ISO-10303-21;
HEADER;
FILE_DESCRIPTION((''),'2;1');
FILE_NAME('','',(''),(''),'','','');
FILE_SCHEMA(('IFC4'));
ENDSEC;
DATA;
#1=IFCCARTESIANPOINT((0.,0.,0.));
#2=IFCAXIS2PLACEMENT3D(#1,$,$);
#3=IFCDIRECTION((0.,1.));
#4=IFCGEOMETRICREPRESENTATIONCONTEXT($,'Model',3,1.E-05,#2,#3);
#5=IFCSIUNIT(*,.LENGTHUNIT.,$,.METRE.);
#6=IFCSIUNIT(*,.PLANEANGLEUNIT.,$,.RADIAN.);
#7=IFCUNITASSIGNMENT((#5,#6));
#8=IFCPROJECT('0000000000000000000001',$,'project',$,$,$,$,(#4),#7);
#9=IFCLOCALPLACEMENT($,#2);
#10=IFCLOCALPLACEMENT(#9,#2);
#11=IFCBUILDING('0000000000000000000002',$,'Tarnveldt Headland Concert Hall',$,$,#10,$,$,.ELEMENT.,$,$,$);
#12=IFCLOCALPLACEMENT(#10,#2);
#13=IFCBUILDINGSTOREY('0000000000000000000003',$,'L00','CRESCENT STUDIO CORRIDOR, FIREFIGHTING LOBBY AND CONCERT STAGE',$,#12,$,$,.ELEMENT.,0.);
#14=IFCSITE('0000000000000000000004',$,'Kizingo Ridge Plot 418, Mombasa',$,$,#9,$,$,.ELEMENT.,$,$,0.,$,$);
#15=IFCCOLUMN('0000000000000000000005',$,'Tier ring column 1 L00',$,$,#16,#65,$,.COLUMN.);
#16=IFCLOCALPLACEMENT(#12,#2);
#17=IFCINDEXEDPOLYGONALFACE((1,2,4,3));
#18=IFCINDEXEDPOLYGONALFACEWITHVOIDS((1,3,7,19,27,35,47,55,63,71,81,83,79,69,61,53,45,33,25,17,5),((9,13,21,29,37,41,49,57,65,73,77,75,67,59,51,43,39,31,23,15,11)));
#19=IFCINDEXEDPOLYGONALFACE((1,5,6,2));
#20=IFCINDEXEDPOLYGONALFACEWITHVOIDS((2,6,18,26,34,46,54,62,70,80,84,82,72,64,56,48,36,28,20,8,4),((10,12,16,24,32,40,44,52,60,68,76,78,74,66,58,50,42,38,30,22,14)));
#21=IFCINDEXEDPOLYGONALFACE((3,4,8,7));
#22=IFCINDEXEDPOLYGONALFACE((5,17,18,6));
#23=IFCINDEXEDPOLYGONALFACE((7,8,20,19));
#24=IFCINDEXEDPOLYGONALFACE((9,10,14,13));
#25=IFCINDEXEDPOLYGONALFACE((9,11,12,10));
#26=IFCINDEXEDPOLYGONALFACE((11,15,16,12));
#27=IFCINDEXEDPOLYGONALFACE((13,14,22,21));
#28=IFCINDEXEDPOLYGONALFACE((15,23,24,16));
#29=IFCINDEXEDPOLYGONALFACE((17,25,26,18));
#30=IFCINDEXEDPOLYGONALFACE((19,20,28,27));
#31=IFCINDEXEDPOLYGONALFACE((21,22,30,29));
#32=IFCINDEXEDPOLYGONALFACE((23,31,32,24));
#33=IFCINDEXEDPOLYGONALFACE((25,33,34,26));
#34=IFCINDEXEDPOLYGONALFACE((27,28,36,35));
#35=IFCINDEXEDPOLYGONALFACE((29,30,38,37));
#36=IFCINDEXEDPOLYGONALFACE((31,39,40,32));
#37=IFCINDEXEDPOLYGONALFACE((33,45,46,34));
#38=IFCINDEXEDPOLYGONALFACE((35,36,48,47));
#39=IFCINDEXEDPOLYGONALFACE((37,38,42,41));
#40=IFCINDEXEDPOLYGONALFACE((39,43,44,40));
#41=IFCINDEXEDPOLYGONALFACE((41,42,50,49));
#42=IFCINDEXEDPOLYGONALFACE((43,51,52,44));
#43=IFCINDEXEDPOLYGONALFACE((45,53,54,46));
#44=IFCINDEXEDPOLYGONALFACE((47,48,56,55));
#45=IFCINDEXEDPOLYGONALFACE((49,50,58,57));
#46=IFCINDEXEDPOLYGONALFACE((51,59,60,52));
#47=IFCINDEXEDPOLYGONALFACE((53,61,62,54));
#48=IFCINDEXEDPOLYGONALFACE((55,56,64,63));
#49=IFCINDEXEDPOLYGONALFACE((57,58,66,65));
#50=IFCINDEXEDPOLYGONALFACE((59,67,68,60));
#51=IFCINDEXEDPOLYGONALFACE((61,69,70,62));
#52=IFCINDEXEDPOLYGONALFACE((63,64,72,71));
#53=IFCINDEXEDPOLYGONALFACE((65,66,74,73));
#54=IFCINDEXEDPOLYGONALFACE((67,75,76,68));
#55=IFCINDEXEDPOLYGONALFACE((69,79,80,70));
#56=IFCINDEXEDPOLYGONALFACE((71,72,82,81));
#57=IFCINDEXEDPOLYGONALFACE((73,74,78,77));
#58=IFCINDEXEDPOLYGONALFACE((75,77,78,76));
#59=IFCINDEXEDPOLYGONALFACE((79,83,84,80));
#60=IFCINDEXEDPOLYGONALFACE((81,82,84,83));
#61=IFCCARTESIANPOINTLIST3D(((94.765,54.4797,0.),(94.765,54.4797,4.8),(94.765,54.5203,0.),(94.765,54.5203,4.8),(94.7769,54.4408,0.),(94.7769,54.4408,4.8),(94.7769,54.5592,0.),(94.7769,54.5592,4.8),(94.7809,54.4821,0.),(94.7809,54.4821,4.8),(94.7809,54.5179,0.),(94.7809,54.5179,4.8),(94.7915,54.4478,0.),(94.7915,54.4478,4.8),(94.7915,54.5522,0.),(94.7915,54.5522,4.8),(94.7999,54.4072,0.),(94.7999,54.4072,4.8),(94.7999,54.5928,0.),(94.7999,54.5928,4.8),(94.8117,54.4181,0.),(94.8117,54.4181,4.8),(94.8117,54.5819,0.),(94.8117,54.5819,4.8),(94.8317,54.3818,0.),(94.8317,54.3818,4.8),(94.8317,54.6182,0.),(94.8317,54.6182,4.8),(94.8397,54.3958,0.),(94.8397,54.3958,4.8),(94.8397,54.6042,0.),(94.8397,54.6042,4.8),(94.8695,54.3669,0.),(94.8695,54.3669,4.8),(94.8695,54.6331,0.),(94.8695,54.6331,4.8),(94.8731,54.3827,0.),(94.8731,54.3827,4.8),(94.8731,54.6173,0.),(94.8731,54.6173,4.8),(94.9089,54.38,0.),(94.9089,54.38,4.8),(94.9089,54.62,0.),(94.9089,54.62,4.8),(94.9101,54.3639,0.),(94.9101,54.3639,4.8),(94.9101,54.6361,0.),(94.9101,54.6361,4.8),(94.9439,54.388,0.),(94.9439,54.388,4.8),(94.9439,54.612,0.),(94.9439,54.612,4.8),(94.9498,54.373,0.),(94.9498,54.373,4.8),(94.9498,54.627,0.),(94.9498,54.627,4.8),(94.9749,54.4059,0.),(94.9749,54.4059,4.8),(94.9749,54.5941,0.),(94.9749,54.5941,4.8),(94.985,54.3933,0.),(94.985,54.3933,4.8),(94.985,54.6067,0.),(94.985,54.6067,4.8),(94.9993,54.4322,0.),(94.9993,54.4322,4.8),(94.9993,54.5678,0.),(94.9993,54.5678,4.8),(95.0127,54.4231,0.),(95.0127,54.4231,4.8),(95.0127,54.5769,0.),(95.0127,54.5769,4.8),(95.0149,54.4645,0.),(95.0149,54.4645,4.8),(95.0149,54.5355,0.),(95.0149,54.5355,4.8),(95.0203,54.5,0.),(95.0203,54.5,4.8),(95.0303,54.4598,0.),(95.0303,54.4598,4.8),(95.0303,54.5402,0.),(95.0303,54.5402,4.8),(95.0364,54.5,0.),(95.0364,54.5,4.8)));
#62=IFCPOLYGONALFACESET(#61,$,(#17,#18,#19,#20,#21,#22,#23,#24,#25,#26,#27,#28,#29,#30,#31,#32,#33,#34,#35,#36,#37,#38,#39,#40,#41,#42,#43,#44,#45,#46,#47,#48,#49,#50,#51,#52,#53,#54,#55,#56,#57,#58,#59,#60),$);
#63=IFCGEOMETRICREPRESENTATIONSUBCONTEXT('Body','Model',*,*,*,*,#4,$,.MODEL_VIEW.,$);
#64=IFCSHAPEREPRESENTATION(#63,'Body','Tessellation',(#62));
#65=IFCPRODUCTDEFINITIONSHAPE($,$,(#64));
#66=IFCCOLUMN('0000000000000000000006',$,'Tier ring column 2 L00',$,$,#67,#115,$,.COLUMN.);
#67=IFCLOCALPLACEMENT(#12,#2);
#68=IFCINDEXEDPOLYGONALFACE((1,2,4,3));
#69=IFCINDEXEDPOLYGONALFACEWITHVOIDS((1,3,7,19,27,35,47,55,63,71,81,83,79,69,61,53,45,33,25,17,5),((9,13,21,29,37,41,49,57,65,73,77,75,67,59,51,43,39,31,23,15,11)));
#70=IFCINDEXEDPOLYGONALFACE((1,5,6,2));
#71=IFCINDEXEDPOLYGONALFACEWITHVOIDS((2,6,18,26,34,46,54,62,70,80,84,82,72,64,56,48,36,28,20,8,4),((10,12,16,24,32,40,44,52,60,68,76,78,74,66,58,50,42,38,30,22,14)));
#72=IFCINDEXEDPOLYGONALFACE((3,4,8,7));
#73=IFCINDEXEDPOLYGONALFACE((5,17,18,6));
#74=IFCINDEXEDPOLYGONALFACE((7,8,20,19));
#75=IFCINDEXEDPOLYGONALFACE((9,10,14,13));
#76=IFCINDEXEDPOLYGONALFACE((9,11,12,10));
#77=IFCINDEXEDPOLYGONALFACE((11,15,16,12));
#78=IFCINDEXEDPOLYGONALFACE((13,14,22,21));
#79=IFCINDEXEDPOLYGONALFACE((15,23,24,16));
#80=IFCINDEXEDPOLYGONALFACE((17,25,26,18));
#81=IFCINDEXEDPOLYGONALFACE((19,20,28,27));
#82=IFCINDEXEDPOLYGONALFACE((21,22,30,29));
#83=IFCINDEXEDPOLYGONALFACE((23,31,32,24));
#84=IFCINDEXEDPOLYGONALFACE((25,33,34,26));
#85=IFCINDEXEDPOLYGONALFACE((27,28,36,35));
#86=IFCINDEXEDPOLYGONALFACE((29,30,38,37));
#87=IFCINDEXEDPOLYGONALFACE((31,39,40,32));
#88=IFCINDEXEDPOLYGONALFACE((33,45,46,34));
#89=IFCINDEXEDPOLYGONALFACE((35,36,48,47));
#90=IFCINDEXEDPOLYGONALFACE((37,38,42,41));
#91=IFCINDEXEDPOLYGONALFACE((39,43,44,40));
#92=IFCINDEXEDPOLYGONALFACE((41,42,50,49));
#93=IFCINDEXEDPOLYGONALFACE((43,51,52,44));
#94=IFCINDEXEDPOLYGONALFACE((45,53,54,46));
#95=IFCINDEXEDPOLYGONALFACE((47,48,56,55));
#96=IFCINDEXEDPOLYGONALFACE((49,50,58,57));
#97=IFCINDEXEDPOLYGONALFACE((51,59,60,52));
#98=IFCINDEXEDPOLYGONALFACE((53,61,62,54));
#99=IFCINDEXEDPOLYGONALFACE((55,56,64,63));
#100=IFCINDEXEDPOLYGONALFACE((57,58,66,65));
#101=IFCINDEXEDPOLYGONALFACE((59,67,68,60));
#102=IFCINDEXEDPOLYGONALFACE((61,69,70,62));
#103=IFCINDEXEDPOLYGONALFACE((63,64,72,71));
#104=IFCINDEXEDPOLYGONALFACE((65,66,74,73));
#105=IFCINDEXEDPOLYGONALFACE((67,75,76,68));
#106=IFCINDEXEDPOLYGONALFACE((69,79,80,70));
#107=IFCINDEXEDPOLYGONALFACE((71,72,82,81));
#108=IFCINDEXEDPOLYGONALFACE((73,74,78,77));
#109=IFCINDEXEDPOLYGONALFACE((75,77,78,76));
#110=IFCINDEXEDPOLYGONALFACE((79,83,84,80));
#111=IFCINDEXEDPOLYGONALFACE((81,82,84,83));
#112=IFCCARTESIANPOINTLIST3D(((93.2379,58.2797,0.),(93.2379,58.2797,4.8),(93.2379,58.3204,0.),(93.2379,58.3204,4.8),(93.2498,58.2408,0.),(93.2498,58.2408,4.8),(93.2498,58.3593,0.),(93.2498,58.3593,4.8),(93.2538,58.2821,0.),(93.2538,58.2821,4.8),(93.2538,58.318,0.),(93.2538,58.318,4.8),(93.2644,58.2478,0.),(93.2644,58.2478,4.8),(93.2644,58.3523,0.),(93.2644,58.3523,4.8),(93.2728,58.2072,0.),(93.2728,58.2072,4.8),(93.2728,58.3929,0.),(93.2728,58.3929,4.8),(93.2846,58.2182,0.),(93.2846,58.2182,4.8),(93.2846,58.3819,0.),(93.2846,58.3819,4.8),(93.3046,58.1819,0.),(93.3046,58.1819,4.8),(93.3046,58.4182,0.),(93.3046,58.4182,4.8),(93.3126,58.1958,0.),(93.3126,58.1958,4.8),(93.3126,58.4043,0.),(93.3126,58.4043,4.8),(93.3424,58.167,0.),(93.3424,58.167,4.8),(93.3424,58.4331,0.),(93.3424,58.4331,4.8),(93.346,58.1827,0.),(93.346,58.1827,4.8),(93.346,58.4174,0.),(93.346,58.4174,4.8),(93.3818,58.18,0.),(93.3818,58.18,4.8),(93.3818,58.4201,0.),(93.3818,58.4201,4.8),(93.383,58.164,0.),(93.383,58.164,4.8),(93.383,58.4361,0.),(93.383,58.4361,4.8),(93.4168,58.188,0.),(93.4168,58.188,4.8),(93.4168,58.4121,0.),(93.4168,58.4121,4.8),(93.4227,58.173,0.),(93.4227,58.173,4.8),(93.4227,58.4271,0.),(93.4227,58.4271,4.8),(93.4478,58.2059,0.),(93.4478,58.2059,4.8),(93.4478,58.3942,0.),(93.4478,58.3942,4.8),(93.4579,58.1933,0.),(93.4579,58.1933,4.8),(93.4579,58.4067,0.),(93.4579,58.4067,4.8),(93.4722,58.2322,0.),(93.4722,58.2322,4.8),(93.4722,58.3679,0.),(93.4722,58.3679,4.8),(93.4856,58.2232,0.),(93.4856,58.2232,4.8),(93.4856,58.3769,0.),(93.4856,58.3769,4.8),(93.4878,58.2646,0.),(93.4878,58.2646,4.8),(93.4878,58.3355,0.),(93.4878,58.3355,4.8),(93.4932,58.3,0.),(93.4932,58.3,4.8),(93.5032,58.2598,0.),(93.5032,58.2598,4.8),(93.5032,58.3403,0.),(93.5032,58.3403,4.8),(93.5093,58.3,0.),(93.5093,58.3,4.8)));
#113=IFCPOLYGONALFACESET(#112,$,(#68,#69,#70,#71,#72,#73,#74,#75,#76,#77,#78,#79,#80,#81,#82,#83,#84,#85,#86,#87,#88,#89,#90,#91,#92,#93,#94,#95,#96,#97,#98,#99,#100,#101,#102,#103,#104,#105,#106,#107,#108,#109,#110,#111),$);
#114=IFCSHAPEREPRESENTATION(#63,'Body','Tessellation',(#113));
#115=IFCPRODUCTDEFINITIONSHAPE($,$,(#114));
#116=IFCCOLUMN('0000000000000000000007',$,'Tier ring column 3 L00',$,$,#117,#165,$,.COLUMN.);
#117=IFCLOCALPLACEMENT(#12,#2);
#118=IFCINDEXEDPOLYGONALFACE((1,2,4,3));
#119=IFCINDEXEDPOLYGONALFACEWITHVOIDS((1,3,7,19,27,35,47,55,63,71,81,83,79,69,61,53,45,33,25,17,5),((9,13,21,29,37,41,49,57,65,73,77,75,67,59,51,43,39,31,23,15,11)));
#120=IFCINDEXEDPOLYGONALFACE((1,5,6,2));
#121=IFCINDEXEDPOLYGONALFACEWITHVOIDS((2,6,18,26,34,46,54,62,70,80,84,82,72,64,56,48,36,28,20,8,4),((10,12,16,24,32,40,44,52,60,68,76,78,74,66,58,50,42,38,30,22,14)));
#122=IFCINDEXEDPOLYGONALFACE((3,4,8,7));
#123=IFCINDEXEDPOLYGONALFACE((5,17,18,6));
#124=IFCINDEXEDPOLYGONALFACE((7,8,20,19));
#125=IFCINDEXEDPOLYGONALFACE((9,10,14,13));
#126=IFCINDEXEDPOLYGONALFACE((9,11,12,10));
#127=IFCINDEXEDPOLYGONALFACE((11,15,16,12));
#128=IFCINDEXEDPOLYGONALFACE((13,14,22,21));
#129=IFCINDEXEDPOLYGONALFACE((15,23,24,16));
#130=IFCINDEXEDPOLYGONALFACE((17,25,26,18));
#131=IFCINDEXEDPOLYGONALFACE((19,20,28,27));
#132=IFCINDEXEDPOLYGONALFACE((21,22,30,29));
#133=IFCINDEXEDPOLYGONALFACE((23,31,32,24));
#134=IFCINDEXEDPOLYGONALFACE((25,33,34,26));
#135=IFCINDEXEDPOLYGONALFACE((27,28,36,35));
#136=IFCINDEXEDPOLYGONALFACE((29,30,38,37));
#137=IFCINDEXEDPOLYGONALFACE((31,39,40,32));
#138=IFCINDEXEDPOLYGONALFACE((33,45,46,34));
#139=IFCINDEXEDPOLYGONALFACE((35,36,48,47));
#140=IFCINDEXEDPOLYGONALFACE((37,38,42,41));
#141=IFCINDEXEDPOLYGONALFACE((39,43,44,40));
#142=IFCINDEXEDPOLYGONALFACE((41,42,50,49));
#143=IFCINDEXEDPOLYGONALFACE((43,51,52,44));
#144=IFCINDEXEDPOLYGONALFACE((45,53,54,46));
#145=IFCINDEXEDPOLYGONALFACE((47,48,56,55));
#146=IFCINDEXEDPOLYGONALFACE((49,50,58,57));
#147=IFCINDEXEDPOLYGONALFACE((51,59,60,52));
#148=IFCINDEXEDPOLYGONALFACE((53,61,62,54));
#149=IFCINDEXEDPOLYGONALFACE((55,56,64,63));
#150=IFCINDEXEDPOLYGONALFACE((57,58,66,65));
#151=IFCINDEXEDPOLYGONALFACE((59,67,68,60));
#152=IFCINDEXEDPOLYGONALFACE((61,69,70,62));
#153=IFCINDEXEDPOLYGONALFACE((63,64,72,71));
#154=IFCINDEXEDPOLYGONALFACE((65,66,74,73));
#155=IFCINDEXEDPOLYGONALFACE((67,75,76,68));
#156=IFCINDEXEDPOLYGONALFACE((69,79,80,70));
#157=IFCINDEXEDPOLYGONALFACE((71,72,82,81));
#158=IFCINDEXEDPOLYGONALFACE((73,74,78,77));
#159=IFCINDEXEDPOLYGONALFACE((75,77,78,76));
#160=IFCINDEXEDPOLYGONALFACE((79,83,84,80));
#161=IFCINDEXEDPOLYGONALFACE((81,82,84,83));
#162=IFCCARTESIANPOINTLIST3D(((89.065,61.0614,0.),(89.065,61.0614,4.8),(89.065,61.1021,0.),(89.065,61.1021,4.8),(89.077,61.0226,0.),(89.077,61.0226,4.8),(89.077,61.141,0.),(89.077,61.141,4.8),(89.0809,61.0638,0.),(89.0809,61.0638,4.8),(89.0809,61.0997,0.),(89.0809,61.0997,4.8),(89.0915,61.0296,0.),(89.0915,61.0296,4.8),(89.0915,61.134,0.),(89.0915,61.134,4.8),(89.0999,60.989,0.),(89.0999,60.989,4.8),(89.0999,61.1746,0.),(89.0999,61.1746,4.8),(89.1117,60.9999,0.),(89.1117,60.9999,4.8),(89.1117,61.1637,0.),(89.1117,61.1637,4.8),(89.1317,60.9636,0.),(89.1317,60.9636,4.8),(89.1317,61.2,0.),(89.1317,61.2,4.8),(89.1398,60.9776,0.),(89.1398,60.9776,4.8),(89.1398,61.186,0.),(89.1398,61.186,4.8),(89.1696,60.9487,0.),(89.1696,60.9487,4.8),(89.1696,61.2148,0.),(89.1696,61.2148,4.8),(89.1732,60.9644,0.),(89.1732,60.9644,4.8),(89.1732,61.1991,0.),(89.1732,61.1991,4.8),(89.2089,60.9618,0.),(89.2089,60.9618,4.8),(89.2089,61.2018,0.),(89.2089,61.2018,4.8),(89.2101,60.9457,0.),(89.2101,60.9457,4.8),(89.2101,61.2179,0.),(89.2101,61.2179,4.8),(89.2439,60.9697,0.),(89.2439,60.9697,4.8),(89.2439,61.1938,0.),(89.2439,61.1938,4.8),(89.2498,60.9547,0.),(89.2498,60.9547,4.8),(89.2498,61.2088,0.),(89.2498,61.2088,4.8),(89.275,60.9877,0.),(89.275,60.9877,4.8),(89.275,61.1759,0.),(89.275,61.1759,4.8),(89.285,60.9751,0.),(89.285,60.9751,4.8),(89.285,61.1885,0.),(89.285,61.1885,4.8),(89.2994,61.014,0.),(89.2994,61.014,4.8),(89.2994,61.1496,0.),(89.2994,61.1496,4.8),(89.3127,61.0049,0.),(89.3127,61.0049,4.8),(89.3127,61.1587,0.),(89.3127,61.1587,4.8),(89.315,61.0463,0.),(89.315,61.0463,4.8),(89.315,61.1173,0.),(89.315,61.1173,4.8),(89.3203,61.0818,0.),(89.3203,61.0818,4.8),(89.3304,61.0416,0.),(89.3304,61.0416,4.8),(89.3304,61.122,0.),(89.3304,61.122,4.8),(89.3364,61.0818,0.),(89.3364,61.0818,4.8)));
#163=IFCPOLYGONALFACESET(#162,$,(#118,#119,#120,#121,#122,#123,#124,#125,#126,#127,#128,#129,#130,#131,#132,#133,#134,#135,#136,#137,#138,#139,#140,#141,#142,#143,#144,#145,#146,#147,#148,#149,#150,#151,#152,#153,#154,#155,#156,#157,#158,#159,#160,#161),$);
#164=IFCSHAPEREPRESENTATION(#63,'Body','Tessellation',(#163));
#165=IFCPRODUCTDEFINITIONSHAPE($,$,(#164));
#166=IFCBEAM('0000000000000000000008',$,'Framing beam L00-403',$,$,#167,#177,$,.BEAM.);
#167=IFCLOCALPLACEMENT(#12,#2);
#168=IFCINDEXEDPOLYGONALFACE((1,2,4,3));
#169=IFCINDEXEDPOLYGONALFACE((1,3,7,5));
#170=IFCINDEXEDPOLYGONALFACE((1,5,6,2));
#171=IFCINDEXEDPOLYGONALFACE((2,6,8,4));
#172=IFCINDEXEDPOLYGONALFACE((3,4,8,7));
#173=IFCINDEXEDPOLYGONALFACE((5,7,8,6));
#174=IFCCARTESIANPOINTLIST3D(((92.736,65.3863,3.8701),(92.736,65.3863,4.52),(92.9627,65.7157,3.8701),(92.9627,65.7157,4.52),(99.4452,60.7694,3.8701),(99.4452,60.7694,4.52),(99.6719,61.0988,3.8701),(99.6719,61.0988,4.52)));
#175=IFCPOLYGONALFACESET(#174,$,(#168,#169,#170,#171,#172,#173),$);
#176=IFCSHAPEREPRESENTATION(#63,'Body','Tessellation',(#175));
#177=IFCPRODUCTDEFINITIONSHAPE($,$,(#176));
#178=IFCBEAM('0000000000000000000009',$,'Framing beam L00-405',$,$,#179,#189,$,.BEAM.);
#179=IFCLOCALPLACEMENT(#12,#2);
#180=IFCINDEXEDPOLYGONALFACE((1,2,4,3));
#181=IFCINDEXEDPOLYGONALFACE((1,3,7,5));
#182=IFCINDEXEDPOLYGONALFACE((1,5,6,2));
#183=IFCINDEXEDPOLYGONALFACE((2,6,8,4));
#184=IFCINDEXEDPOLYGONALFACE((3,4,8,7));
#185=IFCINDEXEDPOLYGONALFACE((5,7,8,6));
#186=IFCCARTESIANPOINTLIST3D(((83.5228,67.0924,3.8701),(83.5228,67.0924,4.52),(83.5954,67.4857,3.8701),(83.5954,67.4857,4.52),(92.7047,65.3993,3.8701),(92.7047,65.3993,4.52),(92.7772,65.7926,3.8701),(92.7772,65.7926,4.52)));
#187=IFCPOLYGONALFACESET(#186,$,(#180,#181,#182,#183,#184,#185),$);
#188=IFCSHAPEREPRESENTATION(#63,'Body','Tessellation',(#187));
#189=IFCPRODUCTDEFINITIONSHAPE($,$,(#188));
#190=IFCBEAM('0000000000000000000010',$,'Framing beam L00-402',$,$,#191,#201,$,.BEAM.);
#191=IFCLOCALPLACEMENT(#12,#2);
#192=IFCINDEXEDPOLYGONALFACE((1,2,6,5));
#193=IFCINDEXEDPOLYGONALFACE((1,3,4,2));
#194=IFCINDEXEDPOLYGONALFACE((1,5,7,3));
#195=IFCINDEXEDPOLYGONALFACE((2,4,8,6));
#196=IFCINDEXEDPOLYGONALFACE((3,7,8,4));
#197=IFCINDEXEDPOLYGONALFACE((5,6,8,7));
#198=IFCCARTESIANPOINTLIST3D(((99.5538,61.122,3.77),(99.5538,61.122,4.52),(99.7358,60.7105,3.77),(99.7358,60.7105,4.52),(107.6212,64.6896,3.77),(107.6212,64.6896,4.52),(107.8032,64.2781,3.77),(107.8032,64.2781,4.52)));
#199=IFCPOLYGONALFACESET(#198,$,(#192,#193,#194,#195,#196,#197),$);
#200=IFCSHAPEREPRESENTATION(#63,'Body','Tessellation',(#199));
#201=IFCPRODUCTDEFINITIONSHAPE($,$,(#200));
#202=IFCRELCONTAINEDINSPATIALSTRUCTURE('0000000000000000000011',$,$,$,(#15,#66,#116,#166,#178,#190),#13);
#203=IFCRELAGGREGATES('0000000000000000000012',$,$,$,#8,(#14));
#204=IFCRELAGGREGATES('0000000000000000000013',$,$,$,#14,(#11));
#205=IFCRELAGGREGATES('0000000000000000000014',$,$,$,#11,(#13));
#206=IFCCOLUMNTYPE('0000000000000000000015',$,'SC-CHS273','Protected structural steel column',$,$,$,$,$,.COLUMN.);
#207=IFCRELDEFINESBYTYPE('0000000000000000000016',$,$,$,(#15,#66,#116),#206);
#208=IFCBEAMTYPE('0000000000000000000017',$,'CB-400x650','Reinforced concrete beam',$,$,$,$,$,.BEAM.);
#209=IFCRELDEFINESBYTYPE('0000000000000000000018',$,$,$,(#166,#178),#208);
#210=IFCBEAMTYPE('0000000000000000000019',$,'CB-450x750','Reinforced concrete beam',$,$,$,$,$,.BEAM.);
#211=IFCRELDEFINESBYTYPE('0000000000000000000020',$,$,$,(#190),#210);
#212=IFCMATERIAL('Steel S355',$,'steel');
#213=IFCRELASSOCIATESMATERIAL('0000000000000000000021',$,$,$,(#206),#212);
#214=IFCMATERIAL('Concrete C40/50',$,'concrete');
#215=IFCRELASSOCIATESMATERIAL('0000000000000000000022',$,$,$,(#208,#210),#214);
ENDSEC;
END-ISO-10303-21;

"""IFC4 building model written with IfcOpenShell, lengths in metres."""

from ifc_helpers import new_model, si_unit, direction, frame, origin, origin_2d, place, context, subcontext, project, spatial, rectangle, hollow_circle, extrude, material, material_profile, profile_set, type_object, element, save


model = new_model("IFC4")

# Units and contexts
model_context = context("Model", 3, precision=1e-05, world=origin(), true_north=direction((0.0, 1.0)))
body_context = subcontext(model_context, "Body", "Model", "MODEL_VIEW")
ifc_project = project(units=[si_unit("LENGTHUNIT", "METRE"), si_unit("PLANEANGLEUNIT", "RADIAN")], contexts=[model_context])

# Site, building, storey
site_placement = place(None, origin())
site = spatial("IfcSite", under=ifc_project, at=site_placement, Name="Kizingo Ridge Plot 418, Mombasa", CompositionType="ELEMENT", RefElevation=0.0)
building_placement = place(site_placement, origin())
building = spatial("IfcBuilding", under=site, at=building_placement, Name="Tarnveldt Headland Concert Hall", CompositionType="ELEMENT")
storey_placement = place(building_placement, origin())
storey = spatial("IfcBuildingStorey", under=building, at=storey_placement, Name="L00", Description="CRESCENT STUDIO CORRIDOR, FIREFIGHTING LOBBY AND CONCERT STAGE", CompositionType="ELEMENT", Elevation=0.0)

# Columns
ifc_material_1 = material(Name="Concrete C40/50", Category="concrete")
ifc_material_2 = material(Name="Steel S355", Category="steel")
ifc_material_profile_1 = material_profile(ifc_material_2, hollow_circle(Radius=0.1365, WallThickness=0.0161, at=origin_2d()), Name="CHS 273x16", Category="steel")
ifc_profile_set_1 = profile_set([ifc_material_profile_1], Name="Steel S355")
column_type_1 = type_object("IfcColumnType", Name="SC-CHS273", Description="Protected structural steel column", PredefinedType="COLUMN", material=ifc_profile_set_1)
for number, where, z_axis, x_axis, name in (
    (1, (94.8999, 54.5, 0.0), (0.0, 0.0, 1.0), (1.0, 0.0, 0.0), "Tier ring column 1 L00"),
    (2, (93.3728, 58.3, 0.0), (0.0, 0.0, 1.0), (1.0, 0.0, 0.0), "Tier ring column 2 L00"),
    (3, (89.2, 61.0818, 0.0), (0.0, 0.0, 1.0), (1.0, 0.0, 0.0), "Tier ring column 3 L00"),
):
    element("IfcColumn", number, at=place(storey_placement, frame(where, z_axis=z_axis, x_axis=x_axis)), inside=storey, type_object=column_type_1, Name=name, PredefinedType="COLUMN", context=body_context, shape_type="SweptSolid", body=[
        extrude(hollow_circle(Radius=0.1365, WallThickness=0.0161, at=origin_2d()), origin(), (0.0, 0.0, 1.0), 4.8),
    ])

# Beams
ifc_material_profile_2 = material_profile(ifc_material_1, rectangle(XDim=0.3999, YDim=0.6499, at=origin_2d()), Name="RC 400x650", Category="concrete")
ifc_profile_set_2 = profile_set([ifc_material_profile_2], Name="Concrete C40/50")
beam_type_1 = type_object("IfcBeamType", Name="CB-400x650", Description="Reinforced concrete beam", PredefinedType="BEAM", material=ifc_profile_set_2)
beam_1_placement = place(storey_placement, frame((99.5586, 60.9341, 4.1951), z_axis=(-0.823793, 0.566891, 0.0), x_axis=(-0.566891, -0.823793, 0.0)))
element("IfcBeam", 4, at=beam_1_placement, inside=storey, type_object=beam_type_1, Name="Framing beam L00-403", PredefinedType="BEAM", context=body_context, shape_type="SweptSolid", body=[
    extrude(rectangle(XDim=0.3999, YDim=0.6499, at=origin_2d()), origin(), (0.0, 0.0, 1.0), 8.1443),
])
beam_2_placement = place(storey_placement, frame((92.741, 65.5959, 4.1951), z_axis=(-0.98342, 0.18134, 0.0), x_axis=(-0.18134, -0.98342, 0.0)))
element("IfcBeam", 5, at=beam_2_placement, inside=storey, type_object=beam_type_1, Name="Framing beam L00-405", PredefinedType="BEAM", context=body_context, shape_type="SweptSolid", body=[
    extrude(rectangle(XDim=0.3999, YDim=0.6499, at=origin_2d()), origin(), (0.0, 0.0, 1.0), 9.3367),
])
ifc_material_profile_3 = material_profile(ifc_material_1, rectangle(XDim=0.45, YDim=0.75, at=origin_2d()), Name="RC 450x750", Category="concrete")
ifc_profile_set_3 = profile_set([ifc_material_profile_3], Name="Concrete C40/50")
beam_type_2 = type_object("IfcBeamType", Name="CB-450x750", Description="Reinforced concrete beam", PredefinedType="BEAM", material=ifc_profile_set_3)
beam_3_placement = place(storey_placement, frame((99.6448, 60.9163, 4.145), z_axis=(0.914562, 0.404445, 0.0), x_axis=(-0.404445, 0.914562, 0.0)))
element("IfcBeam", 6, at=beam_3_placement, inside=storey, type_object=beam_type_2, Name="Framing beam L00-402", PredefinedType="BEAM", context=body_context, shape_type="SweptSolid", body=[
    extrude(rectangle(XDim=0.45, YDim=0.75, at=origin_2d()), origin(), (0.0, 0.0, 1.0), 8.821),
])

save(model, "model.ifc")
